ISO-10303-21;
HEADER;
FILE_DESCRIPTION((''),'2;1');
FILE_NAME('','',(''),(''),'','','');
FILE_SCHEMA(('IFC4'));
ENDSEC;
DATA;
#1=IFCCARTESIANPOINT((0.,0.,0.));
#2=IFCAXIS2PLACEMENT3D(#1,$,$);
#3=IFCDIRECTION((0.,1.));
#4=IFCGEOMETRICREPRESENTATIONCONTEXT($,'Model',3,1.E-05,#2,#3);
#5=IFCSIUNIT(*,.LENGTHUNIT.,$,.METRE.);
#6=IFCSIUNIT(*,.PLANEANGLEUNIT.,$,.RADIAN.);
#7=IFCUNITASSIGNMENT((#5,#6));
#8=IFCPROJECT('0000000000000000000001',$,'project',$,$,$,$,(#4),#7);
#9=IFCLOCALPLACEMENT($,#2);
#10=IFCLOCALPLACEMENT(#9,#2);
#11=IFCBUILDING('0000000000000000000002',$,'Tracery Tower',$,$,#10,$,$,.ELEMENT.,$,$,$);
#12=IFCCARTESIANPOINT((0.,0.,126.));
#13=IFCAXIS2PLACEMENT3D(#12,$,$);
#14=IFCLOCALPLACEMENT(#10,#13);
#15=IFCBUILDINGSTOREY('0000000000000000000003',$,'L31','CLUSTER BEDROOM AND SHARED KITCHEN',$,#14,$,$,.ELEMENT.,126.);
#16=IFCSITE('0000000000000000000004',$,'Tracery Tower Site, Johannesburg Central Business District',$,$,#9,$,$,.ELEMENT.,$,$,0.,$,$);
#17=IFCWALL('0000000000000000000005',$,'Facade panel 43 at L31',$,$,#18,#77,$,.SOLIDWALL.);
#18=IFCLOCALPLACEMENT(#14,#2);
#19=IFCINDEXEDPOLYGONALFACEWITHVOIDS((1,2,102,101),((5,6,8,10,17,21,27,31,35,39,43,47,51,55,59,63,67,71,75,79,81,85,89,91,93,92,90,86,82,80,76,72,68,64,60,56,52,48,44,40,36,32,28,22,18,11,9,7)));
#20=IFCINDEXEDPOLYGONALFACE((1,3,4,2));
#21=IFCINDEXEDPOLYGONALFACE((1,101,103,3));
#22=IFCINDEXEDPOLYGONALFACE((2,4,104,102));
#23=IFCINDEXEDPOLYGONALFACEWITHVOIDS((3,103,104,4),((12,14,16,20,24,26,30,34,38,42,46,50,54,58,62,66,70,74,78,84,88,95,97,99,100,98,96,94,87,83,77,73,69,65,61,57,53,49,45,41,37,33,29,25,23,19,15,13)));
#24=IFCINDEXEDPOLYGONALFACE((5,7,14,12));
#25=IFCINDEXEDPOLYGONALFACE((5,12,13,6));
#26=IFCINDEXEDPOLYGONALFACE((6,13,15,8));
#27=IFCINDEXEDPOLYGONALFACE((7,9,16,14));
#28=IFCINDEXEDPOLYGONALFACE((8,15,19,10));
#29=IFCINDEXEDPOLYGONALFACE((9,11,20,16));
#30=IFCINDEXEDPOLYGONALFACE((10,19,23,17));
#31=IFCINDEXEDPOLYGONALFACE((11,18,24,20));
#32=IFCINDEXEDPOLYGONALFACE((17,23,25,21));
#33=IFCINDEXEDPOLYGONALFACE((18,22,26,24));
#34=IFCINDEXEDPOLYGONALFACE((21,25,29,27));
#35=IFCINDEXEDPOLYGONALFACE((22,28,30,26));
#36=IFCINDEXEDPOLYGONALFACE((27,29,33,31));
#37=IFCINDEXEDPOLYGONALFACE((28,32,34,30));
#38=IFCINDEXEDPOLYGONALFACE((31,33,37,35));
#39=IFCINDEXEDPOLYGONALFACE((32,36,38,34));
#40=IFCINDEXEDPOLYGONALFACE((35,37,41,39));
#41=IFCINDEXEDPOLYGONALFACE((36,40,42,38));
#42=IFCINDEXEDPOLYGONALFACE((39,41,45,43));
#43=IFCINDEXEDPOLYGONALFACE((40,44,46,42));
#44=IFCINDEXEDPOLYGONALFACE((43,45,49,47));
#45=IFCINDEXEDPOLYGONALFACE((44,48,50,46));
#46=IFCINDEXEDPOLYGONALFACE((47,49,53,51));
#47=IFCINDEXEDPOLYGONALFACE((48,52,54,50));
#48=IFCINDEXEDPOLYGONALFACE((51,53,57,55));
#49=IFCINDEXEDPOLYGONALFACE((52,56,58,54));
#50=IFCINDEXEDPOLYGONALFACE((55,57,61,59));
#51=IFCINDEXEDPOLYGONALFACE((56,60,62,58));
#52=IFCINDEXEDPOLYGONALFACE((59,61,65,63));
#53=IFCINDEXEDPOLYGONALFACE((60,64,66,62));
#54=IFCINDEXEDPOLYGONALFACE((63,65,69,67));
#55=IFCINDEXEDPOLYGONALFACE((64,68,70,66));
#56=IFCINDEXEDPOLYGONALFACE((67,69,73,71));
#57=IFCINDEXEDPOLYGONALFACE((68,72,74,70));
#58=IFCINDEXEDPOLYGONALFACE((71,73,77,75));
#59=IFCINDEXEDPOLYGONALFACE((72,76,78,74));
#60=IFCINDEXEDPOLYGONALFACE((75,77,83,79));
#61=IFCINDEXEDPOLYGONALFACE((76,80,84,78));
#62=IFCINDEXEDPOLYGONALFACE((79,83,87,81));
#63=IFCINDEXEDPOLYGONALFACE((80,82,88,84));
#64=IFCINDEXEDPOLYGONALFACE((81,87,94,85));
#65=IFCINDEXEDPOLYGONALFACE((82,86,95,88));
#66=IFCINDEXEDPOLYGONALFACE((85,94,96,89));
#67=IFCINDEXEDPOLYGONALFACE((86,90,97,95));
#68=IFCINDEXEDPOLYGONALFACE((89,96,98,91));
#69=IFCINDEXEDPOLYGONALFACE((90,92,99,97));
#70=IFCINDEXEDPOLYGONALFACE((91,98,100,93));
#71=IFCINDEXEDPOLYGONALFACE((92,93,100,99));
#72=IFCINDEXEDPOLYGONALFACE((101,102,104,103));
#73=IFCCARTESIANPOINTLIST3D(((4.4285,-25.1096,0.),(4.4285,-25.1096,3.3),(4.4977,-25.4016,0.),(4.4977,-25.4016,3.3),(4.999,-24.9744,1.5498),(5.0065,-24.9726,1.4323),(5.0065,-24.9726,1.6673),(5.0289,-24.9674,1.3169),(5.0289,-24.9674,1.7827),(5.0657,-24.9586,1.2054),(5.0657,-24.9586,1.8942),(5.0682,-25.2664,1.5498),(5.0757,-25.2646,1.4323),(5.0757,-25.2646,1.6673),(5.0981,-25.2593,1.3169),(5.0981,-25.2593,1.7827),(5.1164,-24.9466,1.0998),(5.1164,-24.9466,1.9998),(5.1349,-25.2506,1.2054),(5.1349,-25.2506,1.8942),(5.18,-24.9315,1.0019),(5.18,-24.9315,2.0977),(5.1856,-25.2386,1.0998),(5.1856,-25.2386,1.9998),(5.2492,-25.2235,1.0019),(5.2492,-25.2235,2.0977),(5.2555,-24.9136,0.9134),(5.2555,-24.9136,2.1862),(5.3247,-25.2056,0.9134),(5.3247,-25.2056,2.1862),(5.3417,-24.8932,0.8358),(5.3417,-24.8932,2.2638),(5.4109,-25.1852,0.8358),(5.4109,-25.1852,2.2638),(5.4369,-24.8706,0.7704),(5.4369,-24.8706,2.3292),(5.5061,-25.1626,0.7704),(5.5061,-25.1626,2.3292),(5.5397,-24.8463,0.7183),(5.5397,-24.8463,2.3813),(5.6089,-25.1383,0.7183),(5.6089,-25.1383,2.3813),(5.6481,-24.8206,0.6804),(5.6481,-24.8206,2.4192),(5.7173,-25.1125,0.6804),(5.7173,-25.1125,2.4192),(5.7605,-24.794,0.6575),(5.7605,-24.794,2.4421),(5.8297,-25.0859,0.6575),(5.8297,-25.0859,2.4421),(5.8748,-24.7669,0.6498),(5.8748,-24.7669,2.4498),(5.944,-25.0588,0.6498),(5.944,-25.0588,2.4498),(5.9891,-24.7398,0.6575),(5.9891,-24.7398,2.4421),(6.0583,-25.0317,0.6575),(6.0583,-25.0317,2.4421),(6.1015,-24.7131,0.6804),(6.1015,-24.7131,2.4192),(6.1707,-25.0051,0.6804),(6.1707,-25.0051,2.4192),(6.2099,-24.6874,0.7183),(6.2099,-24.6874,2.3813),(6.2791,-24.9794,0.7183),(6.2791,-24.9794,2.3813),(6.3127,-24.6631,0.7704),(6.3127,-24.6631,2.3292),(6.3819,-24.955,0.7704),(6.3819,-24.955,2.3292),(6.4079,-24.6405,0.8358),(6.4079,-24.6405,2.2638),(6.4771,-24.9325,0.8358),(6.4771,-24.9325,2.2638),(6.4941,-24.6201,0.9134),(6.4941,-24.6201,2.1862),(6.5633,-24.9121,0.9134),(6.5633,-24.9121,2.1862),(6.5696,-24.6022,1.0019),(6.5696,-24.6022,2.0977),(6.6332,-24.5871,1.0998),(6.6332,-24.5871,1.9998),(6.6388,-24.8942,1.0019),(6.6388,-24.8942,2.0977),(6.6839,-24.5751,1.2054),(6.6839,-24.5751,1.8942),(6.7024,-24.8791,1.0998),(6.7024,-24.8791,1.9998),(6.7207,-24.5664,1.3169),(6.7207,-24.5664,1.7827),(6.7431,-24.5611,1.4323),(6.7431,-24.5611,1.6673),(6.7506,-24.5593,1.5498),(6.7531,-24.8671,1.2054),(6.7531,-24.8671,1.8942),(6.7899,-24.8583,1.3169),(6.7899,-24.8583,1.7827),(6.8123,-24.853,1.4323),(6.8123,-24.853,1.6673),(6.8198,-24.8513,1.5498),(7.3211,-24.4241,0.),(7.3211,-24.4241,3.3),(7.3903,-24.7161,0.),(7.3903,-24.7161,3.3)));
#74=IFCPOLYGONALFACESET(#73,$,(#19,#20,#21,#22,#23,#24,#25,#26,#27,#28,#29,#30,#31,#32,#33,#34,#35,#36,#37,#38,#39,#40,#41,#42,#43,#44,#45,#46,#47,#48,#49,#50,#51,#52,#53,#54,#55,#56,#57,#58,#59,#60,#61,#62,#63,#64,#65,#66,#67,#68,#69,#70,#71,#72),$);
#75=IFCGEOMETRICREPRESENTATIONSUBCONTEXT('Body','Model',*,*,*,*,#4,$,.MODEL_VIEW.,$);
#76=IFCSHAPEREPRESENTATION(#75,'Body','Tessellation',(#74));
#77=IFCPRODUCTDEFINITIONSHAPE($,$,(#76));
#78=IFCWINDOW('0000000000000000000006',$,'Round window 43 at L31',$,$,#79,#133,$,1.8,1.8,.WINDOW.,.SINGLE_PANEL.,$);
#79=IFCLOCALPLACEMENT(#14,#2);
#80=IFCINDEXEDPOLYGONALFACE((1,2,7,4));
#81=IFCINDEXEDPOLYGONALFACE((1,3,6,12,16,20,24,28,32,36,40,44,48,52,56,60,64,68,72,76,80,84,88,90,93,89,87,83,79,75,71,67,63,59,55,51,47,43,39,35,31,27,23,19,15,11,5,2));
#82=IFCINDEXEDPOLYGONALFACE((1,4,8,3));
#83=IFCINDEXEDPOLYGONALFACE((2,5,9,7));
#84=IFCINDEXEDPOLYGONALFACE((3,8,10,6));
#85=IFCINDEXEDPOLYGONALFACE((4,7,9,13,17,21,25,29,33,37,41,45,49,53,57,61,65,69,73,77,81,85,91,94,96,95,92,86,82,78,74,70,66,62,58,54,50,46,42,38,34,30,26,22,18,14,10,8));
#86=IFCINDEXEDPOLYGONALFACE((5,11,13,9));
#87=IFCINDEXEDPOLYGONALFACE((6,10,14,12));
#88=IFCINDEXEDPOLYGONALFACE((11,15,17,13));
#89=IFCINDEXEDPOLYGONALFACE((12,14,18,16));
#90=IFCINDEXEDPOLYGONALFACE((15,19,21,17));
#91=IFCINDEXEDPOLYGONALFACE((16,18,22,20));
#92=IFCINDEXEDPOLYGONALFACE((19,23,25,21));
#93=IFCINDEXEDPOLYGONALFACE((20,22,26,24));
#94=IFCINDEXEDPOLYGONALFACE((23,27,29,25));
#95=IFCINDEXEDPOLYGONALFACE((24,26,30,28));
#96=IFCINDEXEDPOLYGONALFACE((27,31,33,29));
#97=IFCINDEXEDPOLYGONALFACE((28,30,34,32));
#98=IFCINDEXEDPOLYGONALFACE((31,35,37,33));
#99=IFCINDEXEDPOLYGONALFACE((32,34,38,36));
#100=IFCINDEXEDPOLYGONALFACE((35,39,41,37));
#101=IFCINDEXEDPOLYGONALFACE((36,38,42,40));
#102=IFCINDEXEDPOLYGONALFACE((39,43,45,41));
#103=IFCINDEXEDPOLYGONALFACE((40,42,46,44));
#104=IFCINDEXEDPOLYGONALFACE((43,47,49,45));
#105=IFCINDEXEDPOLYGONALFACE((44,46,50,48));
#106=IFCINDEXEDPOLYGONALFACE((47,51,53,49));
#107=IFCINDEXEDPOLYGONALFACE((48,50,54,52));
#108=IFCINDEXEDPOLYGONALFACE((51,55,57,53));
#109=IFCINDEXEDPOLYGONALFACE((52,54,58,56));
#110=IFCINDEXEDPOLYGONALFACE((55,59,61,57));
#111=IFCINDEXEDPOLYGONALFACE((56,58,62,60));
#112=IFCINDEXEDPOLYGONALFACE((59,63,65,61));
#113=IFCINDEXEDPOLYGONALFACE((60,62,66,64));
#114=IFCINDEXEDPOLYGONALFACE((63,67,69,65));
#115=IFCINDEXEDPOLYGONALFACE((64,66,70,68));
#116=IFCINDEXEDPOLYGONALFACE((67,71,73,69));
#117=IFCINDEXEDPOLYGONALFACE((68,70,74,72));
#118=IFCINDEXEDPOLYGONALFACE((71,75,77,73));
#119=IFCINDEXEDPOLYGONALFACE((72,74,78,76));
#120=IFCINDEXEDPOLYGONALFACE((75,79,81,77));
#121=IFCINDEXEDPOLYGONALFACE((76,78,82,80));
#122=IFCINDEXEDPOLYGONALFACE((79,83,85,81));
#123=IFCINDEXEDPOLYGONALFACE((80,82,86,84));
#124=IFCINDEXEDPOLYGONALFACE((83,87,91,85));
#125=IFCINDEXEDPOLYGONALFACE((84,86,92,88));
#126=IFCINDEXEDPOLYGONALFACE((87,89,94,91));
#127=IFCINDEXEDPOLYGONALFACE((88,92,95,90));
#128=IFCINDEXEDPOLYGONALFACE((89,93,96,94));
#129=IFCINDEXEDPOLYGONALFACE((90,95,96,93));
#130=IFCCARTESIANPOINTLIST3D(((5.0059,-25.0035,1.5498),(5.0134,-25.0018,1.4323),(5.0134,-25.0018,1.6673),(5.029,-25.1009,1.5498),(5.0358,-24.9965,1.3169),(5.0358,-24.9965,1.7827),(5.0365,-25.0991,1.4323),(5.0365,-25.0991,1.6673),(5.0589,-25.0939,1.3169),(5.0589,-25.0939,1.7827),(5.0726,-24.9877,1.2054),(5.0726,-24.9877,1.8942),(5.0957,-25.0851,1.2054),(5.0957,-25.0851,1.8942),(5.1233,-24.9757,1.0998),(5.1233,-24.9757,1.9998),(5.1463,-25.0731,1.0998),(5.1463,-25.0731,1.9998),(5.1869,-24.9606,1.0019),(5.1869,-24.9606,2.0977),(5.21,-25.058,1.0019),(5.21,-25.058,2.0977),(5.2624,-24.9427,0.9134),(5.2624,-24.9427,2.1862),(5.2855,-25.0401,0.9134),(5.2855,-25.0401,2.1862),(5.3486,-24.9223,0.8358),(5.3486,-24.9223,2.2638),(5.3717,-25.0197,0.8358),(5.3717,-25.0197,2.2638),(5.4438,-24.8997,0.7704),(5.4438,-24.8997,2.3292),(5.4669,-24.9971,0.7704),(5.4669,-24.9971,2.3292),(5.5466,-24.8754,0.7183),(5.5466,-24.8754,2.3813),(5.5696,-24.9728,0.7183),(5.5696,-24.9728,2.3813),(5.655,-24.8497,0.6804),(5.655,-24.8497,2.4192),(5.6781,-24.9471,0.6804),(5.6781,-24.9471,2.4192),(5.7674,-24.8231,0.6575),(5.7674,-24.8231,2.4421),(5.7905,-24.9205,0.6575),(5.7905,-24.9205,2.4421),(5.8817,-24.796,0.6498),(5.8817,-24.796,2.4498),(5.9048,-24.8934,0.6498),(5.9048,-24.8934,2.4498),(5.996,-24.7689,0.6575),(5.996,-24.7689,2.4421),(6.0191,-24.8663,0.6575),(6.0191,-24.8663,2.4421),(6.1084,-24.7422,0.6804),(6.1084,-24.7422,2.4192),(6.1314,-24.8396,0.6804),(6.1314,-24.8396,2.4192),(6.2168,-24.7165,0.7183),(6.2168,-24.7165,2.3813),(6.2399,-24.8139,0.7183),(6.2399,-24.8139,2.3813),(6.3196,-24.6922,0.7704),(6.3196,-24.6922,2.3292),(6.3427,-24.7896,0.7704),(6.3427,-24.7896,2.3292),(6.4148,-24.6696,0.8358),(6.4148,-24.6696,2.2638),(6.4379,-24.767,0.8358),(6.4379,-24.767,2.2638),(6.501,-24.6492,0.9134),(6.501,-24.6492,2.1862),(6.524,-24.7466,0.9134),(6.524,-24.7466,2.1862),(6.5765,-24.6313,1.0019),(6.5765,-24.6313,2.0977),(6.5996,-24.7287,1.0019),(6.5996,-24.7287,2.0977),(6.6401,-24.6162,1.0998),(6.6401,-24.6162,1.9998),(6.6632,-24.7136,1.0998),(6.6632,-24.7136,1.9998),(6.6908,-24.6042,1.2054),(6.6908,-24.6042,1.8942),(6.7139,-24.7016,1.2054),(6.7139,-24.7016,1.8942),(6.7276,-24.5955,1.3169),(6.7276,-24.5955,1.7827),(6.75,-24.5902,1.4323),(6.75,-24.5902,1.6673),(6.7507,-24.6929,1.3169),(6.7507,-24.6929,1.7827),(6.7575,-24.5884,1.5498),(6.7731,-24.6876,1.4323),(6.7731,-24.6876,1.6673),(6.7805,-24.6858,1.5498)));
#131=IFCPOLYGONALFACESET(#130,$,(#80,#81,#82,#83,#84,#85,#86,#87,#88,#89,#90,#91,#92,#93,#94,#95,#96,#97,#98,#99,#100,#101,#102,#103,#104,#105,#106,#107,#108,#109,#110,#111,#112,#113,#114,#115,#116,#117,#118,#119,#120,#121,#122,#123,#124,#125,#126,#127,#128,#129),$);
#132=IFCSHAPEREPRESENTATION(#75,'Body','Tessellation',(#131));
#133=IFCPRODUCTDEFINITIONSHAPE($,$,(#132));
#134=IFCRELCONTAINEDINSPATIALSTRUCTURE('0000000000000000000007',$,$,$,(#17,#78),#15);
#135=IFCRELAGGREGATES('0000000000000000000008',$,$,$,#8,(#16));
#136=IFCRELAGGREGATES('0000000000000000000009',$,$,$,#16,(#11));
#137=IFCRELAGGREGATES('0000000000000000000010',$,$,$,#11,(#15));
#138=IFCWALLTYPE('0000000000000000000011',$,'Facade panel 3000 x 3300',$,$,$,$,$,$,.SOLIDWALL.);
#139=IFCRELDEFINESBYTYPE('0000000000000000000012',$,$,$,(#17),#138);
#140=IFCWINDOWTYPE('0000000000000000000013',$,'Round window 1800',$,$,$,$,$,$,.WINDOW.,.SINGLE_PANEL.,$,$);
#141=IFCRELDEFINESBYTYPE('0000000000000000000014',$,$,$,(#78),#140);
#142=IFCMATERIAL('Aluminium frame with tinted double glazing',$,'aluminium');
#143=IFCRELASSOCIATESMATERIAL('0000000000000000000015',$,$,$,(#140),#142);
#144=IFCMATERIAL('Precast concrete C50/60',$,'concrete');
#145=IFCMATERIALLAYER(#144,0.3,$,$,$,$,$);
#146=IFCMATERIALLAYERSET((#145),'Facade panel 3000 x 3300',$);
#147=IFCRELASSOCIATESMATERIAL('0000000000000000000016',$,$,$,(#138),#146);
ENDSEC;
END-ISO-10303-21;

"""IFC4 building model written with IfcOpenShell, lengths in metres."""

from ifc_helpers import new_model, si_unit, direction, frame, frame_2d, origin, origin_2d, place, context, subcontext, project, spatial, rectangle, circle, extrude, material, layer, layer_set, type_object, element, fill, save


model = new_model("IFC4")

# Units and contexts
model_context = context("Model", 3, precision=1e-05, world=origin(), true_north=direction((0.0, 1.0)))
body_context = subcontext(model_context, "Body", "Model", "MODEL_VIEW")
ifc_project = project(units=[si_unit("LENGTHUNIT", "METRE"), si_unit("PLANEANGLEUNIT", "RADIAN")], contexts=[model_context])

# Site, building, storey
site_placement = place(None, origin())
site = spatial("IfcSite", under=ifc_project, at=site_placement, Name="Tracery Tower Site, Johannesburg Central Business District", CompositionType="ELEMENT", RefElevation=0.0)
building_placement = place(site_placement, origin())
building = spatial("IfcBuilding", under=site, at=building_placement, Name="Tracery Tower", CompositionType="ELEMENT")
storey_placement = place(building_placement, frame((0.0, 0.0, 126.0)))
storey = spatial("IfcBuildingStorey", under=building, at=storey_placement, Name="L31", Description="CLUSTER BEDROOM AND SHARED KITCHEN", CompositionType="ELEMENT", Elevation=126.0)

# Wall, opening, window
ifc_material_1 = material(Name="Aluminium frame with tinted double glazing", Category="aluminium")
window_type = type_object("IfcWindowType", Name="Round window 1800", PartitioningType="SINGLE_PANEL", PredefinedType="WINDOW", material=ifc_material_1)
ifc_material_2 = material(Name="Precast concrete C50/60", Category="concrete")
ifc_layer_1 = layer(ifc_material_2, 0.3)
ifc_layer_set_1 = layer_set([ifc_layer_1], Name="Facade panel 3000 x 3300")
wall_type_1 = type_object("IfcWallType", Name="Facade panel 3000 x 3300", PredefinedType="SOLIDWALL", material=ifc_layer_set_1)
wall_1_placement = place(storey_placement, frame((4.4631, -25.2556, 0.0), z_axis=(0.0, 0.0, 1.0), x_axis=(0.973045, 0.230614, 0.0)))
wall_1 = element("IfcWall", 1, at=wall_1_placement, inside=storey, type_object=wall_type_1, Name="Facade panel 43 at L31", PredefinedType="SOLIDWALL", context=body_context, shape_type="SweptSolid", body=[
    extrude(rectangle(XDim=2.9727, YDim=0.3, at=frame_2d((1.4863, 0.0))), origin(), (0.0, 0.0, 1.0), 3.3),
])
opening_1_placement = place(wall_1_placement, frame((1.4863, 0.0, 1.5498)))
opening_1 = element("IfcOpeningElement", 2, at=opening_1_placement, cuts=wall_1, PredefinedType="OPENING", context=body_context, shape_type="SweptSolid", body=[
    extrude(circle(Radius=0.9, at=origin_2d()), frame((0.0, 0.1599, 0.0), z_axis=(0.0, -1.0, 0.0), x_axis=(1.0, 0.0, 0.0)), (0.0, 0.0, 1.0), 0.3201),
])
window_1_placement = place(opening_1_placement, origin())
window_1 = element("IfcWindow", 3, at=window_1_placement, inside=storey, type_object=window_type, Name="Round window 43 at L31", OverallHeight=1.8, OverallWidth=1.8, PartitioningType="SINGLE_PANEL", PredefinedType="WINDOW", context=body_context, shape_type="SweptSolid", body=[
    extrude(circle(Radius=0.9, at=origin_2d()), frame((0.0, 0.1201, 0.0), z_axis=(0.0, -1.0, 0.0), x_axis=(1.0, 0.0, 0.0)), (0.0, 0.0, 1.0), 0.1001),
])
fill(opening_1, window_1)

save(model, "model.ifc")
